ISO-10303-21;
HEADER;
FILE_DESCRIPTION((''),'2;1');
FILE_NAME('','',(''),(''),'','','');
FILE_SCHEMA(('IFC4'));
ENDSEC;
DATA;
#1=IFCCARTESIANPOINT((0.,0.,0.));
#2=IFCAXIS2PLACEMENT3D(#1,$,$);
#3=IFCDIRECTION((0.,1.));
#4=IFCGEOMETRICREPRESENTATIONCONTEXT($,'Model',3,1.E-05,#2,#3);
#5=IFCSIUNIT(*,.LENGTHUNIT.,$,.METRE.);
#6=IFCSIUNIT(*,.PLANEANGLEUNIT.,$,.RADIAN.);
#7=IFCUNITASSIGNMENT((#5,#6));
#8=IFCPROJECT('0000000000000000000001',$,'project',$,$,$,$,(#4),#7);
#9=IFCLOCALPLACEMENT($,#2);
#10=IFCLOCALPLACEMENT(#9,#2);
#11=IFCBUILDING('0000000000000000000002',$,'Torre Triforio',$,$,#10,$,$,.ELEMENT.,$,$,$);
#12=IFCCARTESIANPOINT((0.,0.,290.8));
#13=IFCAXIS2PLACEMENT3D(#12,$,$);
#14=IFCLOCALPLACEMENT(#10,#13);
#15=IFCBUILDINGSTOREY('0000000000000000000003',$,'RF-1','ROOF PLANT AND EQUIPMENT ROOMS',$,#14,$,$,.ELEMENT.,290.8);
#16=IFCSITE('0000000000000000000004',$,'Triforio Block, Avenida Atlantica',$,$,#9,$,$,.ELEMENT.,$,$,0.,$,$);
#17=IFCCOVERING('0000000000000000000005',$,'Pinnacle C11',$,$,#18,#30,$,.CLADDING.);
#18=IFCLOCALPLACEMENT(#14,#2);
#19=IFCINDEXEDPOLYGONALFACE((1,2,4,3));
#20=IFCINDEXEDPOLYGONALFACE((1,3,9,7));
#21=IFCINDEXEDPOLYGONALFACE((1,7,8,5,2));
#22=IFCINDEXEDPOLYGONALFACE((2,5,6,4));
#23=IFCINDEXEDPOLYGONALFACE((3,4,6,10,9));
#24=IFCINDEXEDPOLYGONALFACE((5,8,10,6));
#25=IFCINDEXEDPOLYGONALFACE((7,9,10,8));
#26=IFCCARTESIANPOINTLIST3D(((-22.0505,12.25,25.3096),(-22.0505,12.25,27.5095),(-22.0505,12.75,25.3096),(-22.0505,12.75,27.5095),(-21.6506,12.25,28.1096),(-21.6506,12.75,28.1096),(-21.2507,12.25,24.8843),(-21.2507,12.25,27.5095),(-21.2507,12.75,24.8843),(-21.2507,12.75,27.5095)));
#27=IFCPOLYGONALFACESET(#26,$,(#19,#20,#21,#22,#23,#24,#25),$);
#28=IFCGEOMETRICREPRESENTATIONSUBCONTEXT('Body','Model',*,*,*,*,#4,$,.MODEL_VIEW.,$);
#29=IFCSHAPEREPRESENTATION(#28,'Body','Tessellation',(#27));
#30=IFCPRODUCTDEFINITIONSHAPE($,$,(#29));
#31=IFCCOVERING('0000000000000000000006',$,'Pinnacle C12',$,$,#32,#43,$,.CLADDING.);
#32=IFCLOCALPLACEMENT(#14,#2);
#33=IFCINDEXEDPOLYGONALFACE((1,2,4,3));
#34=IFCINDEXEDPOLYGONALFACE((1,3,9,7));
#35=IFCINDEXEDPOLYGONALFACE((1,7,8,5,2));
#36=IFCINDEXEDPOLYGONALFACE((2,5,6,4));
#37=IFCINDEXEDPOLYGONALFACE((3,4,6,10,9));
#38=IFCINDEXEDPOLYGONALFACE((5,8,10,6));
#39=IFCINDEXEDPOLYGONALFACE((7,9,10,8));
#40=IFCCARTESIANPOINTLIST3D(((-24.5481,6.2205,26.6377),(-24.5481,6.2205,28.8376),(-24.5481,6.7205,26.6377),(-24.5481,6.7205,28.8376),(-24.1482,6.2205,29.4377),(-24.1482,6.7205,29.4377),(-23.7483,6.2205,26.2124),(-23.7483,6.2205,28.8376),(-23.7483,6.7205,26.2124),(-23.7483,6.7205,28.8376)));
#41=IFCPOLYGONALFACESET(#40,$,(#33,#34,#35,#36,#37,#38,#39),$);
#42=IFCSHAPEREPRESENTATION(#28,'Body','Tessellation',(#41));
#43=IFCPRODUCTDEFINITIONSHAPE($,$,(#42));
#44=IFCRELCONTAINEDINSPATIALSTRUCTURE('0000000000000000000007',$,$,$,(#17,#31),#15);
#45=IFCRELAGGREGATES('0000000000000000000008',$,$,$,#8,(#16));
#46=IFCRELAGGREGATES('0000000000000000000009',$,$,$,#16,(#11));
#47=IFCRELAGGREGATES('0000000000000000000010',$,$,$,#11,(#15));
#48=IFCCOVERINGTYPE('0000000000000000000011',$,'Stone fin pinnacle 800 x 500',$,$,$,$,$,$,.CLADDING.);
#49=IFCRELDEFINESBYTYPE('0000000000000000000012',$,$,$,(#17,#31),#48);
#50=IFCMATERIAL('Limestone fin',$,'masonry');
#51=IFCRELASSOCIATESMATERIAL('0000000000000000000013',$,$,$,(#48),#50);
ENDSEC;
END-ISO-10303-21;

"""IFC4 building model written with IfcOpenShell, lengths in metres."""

from ifc_helpers import new_model, si_unit, direction, frame, origin, place, context, subcontext, project, spatial, polyline, outline, extrude, material, material_profile, profile_set, type_object, element, save


model = new_model("IFC4")

# Units and contexts
model_context = context("Model", 3, precision=1e-05, world=origin(), true_north=direction((0.0, 1.0)))
body_context = subcontext(model_context, "Body", "Model", "MODEL_VIEW")
ifc_project = project(units=[si_unit("LENGTHUNIT", "METRE"), si_unit("PLANEANGLEUNIT", "RADIAN")], contexts=[model_context])

# Site, building, storey
site_placement = place(None, origin())
site = spatial("IfcSite", under=ifc_project, at=site_placement, Name="Triforio Block, Avenida Atlantica", CompositionType="ELEMENT", RefElevation=0.0)
building_placement = place(site_placement, origin())
building = spatial("IfcBuilding", under=site, at=building_placement, Name="Torre Triforio", CompositionType="ELEMENT")
storey_placement = place(building_placement, frame((0.0, 0.0, 290.8)))
storey = spatial("IfcBuildingStorey", under=building, at=storey_placement, Name="RF-1", Description="ROOF PLANT AND EQUIPMENT ROOMS", CompositionType="ELEMENT", Elevation=290.8)

# Coverings
ifc_material_1 = material(Name="Limestone fin", Category="masonry")
ifc_material_profile_1 = material_profile(ifc_material_1, outline(polyline([(-0.3999, -0.2126), (0.3999, 0.2126), (0.3999, 2.4126), (0.0, 3.0127), (-0.3999, 2.4126), (-0.3999, -0.2126)])), Name="FIN PINNACLE 800x500")
ifc_profile_set_1 = profile_set([ifc_material_profile_1], Name="Limestone fin")
covering_type = type_object("IfcCoveringType", Name="Stone fin pinnacle 800 x 500", PredefinedType="CLADDING", material=ifc_profile_set_1)
for number, where, z_axis, x_axis, name in (
    (1, (-21.6506, 12.25, 25.0969), (0.0, 1.0, 0.0), (-1.0, 0.0, 0.0), "Pinnacle C11"),
    (2, (-24.1482, 6.2205, 26.425), (0.0, 1.0, 0.0), (-1.0, 0.0, 0.0), "Pinnacle C12"),
):
    element("IfcCovering", number, at=place(storey_placement, frame(where, z_axis=z_axis, x_axis=x_axis)), inside=storey, type_object=covering_type, Name=name, PredefinedType="CLADDING", context=body_context, shape_type="SweptSolid", body=[
        extrude(outline(polyline([(-0.3999, -0.2126), (0.3999, 0.2126), (0.3999, 2.4126), (0.0, 3.0127), (-0.3999, 2.4126), (-0.3999, -0.2126)])), origin(), (0.0, 0.0, 1.0), 0.5),
    ])

save(model, "model.ifc")
